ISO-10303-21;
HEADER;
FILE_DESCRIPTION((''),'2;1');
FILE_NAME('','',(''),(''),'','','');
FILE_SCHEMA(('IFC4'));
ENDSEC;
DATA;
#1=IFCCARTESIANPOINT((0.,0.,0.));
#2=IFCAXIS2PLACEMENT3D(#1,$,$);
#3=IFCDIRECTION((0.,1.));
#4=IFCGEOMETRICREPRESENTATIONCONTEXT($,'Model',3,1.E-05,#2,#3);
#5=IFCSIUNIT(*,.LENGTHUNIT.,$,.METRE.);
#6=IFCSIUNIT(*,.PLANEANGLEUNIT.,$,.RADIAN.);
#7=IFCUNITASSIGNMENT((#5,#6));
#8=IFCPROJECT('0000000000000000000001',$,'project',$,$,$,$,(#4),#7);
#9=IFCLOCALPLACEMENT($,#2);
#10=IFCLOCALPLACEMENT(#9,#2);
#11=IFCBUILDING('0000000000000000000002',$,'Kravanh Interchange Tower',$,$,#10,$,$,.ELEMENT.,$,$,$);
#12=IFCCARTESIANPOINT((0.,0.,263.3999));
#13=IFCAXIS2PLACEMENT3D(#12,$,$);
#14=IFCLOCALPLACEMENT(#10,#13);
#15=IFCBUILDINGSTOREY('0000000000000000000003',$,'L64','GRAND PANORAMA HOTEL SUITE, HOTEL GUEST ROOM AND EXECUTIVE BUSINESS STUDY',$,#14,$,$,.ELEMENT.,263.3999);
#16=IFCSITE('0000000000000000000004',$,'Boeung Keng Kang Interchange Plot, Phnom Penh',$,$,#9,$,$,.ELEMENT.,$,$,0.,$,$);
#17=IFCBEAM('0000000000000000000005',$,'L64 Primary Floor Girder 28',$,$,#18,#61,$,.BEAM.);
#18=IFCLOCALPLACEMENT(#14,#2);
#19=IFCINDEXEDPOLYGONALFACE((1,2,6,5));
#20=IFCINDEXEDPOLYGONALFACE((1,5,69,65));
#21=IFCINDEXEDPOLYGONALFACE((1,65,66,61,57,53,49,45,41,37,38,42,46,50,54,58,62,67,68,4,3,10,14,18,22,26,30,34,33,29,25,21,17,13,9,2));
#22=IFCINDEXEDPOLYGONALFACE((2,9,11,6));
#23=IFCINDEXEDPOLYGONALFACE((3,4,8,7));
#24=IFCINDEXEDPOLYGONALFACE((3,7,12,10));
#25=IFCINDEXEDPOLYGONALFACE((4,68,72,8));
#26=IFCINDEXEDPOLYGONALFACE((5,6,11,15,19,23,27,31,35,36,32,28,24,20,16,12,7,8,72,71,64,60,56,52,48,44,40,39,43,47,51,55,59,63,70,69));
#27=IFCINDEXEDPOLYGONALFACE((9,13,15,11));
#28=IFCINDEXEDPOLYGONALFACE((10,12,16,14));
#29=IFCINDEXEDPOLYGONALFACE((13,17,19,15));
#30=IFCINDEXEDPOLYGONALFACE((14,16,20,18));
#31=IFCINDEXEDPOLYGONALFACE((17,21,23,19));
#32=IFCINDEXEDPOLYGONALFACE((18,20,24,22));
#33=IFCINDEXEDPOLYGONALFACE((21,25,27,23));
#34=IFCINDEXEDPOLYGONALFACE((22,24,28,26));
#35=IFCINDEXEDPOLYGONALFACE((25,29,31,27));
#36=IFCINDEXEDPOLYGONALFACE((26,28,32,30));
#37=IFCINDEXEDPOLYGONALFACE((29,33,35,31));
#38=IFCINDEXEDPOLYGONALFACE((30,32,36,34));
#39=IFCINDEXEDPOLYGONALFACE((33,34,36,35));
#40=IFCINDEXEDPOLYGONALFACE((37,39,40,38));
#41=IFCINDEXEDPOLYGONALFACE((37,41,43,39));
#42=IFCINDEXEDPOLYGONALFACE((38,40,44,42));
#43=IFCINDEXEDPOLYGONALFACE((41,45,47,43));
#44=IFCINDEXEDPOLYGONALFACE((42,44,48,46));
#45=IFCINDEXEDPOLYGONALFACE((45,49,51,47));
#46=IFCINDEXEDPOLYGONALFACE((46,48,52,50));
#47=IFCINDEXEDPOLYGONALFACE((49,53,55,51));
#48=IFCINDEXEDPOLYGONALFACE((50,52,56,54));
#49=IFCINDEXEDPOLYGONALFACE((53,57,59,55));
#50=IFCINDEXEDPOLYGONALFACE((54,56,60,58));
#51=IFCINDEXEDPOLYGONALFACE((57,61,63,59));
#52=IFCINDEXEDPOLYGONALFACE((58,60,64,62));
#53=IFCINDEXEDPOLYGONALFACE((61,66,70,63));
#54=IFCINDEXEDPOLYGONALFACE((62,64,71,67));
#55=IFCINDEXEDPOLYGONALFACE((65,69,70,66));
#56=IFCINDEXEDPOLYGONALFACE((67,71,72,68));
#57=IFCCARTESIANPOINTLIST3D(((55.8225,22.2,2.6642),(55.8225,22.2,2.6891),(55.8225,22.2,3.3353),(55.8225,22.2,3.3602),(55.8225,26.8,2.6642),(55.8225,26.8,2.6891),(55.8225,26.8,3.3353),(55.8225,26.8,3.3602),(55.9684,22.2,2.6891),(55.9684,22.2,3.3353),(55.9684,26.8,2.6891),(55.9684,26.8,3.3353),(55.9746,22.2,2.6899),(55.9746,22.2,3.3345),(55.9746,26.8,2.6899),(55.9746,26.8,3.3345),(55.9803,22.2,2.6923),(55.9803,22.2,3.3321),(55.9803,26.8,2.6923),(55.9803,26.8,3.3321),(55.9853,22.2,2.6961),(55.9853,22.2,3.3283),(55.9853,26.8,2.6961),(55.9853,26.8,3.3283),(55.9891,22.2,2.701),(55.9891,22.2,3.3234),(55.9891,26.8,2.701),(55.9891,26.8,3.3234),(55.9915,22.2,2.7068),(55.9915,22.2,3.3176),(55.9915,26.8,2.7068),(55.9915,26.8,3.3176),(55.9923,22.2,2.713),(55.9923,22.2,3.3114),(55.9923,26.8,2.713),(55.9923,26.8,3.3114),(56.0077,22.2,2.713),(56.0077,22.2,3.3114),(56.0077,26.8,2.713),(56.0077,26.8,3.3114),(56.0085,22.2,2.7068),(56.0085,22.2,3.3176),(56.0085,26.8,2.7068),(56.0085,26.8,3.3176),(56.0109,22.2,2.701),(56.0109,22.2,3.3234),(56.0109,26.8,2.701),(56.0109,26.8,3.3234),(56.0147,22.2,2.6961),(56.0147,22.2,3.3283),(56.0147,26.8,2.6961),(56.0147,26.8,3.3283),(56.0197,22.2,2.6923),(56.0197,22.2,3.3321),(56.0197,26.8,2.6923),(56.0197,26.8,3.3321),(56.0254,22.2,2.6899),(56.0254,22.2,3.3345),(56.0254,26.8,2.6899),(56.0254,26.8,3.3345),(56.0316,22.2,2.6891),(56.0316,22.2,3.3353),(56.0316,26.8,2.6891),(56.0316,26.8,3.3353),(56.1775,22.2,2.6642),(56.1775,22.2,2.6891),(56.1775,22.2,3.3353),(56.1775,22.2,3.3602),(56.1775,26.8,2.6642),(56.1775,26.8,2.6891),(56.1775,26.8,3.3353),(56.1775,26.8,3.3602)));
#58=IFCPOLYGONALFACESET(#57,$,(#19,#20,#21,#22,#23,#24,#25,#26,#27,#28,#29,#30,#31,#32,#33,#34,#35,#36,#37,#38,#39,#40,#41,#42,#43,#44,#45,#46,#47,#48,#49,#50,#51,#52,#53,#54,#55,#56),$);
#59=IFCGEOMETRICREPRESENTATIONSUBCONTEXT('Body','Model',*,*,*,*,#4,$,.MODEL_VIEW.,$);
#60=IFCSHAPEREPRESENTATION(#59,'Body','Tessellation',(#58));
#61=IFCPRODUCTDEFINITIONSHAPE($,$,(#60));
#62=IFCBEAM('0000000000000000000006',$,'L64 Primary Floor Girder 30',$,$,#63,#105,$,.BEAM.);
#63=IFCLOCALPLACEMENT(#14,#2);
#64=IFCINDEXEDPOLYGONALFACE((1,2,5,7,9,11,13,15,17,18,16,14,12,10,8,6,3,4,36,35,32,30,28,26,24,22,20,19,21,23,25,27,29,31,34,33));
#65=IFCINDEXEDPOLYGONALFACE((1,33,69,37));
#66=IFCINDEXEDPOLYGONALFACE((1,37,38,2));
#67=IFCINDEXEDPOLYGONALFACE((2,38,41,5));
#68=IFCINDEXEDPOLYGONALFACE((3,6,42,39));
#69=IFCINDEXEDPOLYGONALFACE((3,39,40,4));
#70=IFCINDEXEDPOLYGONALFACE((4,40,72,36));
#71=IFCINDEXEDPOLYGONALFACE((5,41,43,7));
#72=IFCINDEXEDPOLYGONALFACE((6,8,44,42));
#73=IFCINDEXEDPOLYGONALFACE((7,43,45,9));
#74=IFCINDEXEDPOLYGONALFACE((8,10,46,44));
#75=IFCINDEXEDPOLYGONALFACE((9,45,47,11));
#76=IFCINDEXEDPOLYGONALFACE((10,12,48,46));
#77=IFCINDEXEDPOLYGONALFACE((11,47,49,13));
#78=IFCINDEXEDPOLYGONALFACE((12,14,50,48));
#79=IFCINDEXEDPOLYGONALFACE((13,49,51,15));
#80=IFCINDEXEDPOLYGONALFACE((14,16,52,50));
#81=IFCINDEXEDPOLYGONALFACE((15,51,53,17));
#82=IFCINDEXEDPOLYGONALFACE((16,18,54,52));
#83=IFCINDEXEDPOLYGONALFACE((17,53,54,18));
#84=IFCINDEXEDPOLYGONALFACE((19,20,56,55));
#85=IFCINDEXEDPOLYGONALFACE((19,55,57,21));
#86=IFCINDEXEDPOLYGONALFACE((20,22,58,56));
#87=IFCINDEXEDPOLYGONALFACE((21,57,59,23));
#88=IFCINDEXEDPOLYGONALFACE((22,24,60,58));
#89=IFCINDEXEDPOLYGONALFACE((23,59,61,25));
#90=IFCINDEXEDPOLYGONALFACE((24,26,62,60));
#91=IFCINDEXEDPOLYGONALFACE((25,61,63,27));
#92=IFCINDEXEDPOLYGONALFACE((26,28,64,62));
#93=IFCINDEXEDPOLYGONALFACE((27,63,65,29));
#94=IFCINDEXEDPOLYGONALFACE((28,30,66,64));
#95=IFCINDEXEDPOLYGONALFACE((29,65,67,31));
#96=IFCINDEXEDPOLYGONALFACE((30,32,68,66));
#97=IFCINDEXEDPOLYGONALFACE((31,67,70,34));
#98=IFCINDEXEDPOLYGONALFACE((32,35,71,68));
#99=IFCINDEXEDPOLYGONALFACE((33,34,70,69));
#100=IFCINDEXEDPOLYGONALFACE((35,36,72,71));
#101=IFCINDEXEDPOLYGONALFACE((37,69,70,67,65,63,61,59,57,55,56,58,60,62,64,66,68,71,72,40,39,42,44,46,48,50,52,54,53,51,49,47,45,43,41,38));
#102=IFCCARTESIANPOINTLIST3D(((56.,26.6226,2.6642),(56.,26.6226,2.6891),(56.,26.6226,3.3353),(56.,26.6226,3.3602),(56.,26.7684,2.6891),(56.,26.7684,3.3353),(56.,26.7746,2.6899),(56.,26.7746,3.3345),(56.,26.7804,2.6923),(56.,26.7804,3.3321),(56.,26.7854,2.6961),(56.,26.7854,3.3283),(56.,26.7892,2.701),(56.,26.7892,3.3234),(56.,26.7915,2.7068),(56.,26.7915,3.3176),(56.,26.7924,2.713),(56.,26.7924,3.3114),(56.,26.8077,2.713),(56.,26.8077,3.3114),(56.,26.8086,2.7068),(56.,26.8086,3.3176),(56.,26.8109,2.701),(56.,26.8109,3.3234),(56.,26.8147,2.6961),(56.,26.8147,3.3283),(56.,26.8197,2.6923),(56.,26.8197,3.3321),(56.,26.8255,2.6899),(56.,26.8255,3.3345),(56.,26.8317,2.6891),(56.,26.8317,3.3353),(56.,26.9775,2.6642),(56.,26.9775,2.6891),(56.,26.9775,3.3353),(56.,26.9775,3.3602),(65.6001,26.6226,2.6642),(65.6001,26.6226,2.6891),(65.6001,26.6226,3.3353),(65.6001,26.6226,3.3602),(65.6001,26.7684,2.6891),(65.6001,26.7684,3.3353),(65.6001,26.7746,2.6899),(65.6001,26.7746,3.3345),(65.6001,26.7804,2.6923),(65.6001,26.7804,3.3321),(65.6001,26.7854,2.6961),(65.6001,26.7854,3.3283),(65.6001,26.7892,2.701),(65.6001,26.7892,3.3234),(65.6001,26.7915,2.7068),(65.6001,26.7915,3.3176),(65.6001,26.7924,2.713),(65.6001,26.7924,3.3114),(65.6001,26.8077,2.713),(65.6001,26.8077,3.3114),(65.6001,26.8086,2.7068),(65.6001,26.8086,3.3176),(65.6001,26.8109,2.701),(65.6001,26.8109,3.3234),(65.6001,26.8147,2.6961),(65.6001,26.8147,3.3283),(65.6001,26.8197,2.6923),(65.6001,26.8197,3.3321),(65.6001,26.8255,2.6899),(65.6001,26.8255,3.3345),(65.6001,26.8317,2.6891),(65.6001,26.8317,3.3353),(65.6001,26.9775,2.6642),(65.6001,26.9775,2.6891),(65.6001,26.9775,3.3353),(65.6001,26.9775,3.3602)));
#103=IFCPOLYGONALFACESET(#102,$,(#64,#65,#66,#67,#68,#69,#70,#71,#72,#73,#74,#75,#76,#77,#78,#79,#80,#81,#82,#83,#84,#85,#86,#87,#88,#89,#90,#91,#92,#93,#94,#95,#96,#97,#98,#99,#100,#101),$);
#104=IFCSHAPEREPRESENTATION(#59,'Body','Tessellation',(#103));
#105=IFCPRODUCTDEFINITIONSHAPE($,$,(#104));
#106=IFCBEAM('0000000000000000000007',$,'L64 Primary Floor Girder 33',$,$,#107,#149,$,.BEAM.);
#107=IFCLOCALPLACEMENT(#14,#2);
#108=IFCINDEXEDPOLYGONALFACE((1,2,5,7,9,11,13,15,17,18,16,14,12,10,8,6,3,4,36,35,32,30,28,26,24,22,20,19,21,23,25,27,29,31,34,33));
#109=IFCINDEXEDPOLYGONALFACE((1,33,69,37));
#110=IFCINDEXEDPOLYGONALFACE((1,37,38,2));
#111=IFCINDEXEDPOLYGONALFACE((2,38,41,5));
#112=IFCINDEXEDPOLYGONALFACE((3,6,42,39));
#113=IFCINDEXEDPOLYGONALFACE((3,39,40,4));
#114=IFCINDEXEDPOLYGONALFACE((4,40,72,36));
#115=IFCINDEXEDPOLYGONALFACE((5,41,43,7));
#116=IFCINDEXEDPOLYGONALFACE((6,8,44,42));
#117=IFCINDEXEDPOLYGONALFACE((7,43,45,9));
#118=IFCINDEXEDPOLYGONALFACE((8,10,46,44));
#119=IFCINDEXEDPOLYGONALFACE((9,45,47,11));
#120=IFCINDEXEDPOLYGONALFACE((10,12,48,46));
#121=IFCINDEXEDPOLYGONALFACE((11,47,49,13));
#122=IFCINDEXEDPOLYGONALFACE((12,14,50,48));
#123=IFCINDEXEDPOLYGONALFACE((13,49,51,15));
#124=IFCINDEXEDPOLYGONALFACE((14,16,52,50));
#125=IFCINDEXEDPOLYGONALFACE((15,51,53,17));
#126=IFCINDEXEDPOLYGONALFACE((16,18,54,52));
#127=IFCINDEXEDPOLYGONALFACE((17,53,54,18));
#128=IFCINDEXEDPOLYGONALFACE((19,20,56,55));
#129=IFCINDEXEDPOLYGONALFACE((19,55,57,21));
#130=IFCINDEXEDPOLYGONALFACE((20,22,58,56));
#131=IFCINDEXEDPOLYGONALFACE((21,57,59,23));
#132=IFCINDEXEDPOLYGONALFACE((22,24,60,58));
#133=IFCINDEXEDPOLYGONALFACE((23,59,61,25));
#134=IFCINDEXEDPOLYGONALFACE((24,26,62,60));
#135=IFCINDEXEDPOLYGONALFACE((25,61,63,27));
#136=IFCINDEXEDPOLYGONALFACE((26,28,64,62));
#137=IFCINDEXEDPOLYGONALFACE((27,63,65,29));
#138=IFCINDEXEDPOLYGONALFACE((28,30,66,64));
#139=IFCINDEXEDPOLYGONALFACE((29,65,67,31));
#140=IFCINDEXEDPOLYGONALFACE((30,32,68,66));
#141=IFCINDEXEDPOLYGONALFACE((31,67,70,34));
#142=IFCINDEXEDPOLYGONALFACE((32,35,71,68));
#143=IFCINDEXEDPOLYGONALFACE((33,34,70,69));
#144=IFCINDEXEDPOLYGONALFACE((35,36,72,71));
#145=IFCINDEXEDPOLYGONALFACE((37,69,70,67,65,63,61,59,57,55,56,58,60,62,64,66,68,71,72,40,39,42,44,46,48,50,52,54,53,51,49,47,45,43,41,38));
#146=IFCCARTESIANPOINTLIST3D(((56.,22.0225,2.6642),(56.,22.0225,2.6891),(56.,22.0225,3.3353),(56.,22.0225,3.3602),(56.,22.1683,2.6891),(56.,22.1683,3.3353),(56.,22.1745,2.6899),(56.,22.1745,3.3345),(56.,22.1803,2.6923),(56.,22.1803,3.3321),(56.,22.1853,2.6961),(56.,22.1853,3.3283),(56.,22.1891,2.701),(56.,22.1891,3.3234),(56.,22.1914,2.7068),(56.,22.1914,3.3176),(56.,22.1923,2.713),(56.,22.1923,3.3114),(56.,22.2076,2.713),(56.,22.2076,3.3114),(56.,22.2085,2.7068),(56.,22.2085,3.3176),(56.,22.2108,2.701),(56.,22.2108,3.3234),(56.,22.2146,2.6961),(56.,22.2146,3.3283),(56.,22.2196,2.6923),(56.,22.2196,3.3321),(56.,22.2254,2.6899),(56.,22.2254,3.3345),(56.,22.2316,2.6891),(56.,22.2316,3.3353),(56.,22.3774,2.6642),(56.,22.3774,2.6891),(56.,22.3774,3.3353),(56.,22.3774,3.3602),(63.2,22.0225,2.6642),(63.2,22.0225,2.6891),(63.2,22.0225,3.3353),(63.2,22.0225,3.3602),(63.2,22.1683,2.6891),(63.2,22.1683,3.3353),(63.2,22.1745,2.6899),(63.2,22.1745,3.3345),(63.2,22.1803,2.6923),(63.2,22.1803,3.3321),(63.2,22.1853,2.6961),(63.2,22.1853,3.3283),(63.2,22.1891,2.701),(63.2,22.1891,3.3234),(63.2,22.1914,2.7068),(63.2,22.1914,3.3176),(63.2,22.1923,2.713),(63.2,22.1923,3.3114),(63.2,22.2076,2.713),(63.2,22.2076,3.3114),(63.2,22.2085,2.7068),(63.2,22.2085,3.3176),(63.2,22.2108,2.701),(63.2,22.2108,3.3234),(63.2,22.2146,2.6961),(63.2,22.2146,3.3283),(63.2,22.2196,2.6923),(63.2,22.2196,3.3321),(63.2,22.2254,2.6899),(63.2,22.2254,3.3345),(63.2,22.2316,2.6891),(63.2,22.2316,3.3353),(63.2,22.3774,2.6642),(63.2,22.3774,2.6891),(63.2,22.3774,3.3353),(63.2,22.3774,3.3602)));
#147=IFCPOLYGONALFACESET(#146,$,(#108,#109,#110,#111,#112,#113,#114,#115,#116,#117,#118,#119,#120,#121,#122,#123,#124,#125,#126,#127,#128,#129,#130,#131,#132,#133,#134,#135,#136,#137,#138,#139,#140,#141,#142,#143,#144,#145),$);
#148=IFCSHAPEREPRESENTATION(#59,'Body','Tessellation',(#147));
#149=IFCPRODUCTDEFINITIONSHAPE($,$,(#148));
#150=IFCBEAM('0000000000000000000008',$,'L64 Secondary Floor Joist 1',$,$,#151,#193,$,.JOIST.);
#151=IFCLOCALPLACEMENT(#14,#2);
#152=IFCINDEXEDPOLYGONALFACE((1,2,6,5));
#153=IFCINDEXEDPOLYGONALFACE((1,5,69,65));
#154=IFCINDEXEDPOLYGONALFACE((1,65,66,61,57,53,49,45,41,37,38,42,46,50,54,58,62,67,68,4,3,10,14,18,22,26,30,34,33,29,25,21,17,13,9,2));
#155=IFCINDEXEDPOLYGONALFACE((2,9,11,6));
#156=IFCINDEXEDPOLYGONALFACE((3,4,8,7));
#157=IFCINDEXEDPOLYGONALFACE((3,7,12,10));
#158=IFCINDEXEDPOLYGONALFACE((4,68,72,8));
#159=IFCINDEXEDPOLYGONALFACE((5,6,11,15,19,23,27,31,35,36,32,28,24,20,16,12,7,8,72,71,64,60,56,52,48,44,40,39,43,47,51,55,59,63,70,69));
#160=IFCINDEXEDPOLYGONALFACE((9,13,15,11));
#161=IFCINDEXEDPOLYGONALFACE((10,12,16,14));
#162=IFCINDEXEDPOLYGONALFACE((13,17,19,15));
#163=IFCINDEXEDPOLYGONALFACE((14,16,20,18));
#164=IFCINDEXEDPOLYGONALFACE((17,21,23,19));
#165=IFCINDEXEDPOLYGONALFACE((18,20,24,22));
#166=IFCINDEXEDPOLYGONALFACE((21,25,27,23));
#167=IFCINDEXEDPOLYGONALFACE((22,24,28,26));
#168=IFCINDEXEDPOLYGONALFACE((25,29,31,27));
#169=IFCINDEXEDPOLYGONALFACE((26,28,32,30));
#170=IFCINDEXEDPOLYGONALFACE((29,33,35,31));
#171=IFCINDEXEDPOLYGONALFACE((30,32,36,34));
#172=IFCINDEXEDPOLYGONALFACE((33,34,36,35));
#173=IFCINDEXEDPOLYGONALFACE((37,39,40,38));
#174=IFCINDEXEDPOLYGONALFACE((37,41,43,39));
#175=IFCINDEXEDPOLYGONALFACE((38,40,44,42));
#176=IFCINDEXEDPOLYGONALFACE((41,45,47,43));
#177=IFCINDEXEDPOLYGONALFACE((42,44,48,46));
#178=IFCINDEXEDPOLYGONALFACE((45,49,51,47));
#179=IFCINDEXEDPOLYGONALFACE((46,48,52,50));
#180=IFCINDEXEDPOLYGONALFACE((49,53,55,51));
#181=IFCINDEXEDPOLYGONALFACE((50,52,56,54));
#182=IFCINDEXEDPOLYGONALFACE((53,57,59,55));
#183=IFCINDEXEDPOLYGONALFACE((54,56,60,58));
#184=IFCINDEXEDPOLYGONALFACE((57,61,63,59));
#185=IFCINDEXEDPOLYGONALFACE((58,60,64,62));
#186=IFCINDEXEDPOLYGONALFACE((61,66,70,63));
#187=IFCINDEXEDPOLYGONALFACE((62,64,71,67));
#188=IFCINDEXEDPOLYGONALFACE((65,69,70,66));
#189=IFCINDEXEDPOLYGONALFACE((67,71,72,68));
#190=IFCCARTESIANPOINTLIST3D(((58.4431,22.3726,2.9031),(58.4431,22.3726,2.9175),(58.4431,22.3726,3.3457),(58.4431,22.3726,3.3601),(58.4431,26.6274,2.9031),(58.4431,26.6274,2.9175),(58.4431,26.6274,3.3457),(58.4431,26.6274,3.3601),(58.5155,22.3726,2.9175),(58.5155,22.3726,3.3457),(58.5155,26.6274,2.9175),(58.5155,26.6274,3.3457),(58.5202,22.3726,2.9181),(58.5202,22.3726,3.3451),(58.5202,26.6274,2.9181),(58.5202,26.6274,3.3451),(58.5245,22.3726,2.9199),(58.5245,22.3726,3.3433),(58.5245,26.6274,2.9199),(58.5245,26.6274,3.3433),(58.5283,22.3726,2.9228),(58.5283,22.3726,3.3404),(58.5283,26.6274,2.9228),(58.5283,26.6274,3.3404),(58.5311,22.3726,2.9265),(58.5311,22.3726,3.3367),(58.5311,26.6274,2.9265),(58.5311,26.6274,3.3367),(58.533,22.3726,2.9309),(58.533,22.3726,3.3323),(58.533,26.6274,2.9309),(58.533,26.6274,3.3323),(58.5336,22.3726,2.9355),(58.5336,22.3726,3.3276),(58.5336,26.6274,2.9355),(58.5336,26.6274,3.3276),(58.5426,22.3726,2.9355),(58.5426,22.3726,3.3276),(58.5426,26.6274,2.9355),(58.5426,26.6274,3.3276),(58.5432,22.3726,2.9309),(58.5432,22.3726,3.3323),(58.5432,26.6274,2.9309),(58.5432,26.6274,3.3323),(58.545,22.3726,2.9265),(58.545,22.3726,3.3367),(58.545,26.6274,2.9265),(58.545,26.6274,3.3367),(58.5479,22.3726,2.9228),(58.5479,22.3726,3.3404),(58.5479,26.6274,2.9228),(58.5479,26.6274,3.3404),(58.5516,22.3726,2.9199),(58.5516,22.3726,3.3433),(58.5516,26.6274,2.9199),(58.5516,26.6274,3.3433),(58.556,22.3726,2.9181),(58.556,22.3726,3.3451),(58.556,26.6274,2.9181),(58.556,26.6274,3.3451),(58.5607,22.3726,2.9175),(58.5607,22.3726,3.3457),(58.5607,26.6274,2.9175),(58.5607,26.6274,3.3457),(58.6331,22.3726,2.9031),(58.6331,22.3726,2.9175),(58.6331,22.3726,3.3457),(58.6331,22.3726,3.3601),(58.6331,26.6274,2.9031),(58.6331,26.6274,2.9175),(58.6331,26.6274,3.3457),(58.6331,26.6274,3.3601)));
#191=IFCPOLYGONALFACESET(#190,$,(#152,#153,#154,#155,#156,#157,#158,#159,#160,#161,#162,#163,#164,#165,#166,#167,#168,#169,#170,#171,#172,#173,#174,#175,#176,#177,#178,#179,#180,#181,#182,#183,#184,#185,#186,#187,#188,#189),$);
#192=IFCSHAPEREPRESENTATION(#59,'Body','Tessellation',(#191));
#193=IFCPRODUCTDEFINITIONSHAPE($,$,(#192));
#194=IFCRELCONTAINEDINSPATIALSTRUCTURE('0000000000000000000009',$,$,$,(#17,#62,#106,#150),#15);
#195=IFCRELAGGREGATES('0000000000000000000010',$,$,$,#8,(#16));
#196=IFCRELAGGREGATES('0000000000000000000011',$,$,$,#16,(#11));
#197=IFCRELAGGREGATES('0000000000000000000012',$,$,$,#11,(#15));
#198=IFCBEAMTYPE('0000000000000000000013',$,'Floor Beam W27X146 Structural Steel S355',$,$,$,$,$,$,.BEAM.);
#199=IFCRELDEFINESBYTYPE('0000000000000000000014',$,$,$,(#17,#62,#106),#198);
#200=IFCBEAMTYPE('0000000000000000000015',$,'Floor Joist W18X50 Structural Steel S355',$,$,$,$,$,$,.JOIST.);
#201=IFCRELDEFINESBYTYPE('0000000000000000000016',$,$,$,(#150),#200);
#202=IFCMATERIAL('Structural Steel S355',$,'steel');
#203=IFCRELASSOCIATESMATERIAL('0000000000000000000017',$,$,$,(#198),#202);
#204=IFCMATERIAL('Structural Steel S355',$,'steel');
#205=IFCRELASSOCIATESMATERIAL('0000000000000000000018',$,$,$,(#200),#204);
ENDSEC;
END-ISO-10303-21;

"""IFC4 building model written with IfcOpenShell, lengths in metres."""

from ifc_helpers import new_model, si_unit, direction, frame, origin, origin_2d, place, context, subcontext, project, spatial, i_section, extrude, material, material_profile, profile_set, type_object, element, save


model = new_model("IFC4")

# Units and contexts
model_context = context("Model", 3, precision=1e-05, world=origin(), true_north=direction((0.0, 1.0)))
body_context = subcontext(model_context, "Body", "Model", "MODEL_VIEW")
ifc_project = project(units=[si_unit("LENGTHUNIT", "METRE"), si_unit("PLANEANGLEUNIT", "RADIAN")], contexts=[model_context])

# Site, building, storey
site_placement = place(None, origin())
site = spatial("IfcSite", under=ifc_project, at=site_placement, Name="Boeung Keng Kang Interchange Plot, Phnom Penh", CompositionType="ELEMENT", RefElevation=0.0)
building_placement = place(site_placement, origin())
building = spatial("IfcBuilding", under=site, at=building_placement, Name="Kravanh Interchange Tower", CompositionType="ELEMENT")
storey_placement = place(building_placement, frame((0.0, 0.0, 263.3999)))
storey = spatial("IfcBuildingStorey", under=building, at=storey_placement, Name="L64", Description="GRAND PANORAMA HOTEL SUITE, HOTEL GUEST ROOM AND EXECUTIVE BUSINESS STUDY", CompositionType="ELEMENT", Elevation=263.3999)

# Beams
ifc_material_1 = material(Name="Structural Steel S355", Category="steel")
ifc_material_profile_1 = material_profile(ifc_material_1, i_section(OverallWidth=0.355, OverallDepth=0.696, WebThickness=0.0154, FlangeThickness=0.0249, FilletRadius=0.0239, at=origin_2d()), Name="W27X146")
ifc_profile_set_1 = profile_set([ifc_material_profile_1], Name="Structural Steel S355")
beam_type_1 = type_object("IfcBeamType", Name="Floor Beam W27X146 Structural Steel S355", PredefinedType="BEAM", material=ifc_profile_set_1)
beam_1_placement = place(storey_placement, frame((56.0, 26.8, 3.0122), z_axis=(0.0, -1.0, 0.0), x_axis=(1.0, 0.0, 0.0)))
element("IfcBeam", 1, at=beam_1_placement, inside=storey, type_object=beam_type_1, Name="L64 Primary Floor Girder 28", PredefinedType="BEAM", context=body_context, shape_type="SweptSolid", body=[
    extrude(i_section(OverallWidth=0.355, OverallDepth=0.696, WebThickness=0.0154, FlangeThickness=0.0249, FilletRadius=0.0239, at=origin_2d()), origin(), (0.0, 0.0, 1.0), 4.6001),
])
beam_2_placement = place(storey_placement, frame((56.0, 26.8, 3.0122), z_axis=(1.0, 0.0, 0.0), x_axis=(0.0, 1.0, 0.0)))
element("IfcBeam", 2, at=beam_2_placement, inside=storey, type_object=beam_type_1, Name="L64 Primary Floor Girder 30", PredefinedType="BEAM", context=body_context, shape_type="SweptSolid", body=[
    extrude(i_section(OverallWidth=0.355, OverallDepth=0.696, WebThickness=0.0154, FlangeThickness=0.0249, FilletRadius=0.0239, at=origin_2d()), origin(), (0.0, 0.0, 1.0), 9.6001),
])
beam_3_placement = place(storey_placement, frame((56.0, 22.2, 3.0122), z_axis=(1.0, 0.0, 0.0), x_axis=(0.0, 1.0, 0.0)))
element("IfcBeam", 3, at=beam_3_placement, inside=storey, type_object=beam_type_1, Name="L64 Primary Floor Girder 33", PredefinedType="BEAM", context=body_context, shape_type="SweptSolid", body=[
    extrude(i_section(OverallWidth=0.355, OverallDepth=0.696, WebThickness=0.0154, FlangeThickness=0.0249, FilletRadius=0.0239, at=origin_2d()), origin(), (0.0, 0.0, 1.0), 7.2),
])
ifc_material_2 = material(Name="Structural Steel S355", Category="steel")
ifc_material_profile_2 = material_profile(ifc_material_2, i_section(OverallWidth=0.1899, OverallDepth=0.457, WebThickness=0.009, FlangeThickness=0.0144, FilletRadius=0.0181, at=origin_2d()), Name="W18X50")
ifc_profile_set_2 = profile_set([ifc_material_profile_2], Name="Structural Steel S355")
beam_type_2 = type_object("IfcBeamType", Name="Floor Joist W18X50 Structural Steel S355", PredefinedType="JOIST", material=ifc_profile_set_2)
beam_4_placement = place(storey_placement, frame((58.5381, 22.3726, 3.1316), z_axis=(0.0, 1.0, 0.0), x_axis=(-1.0, 0.0, 0.0)))
element("IfcBeam", 4, at=beam_4_placement, inside=storey, type_object=beam_type_2, Name="L64 Secondary Floor Joist 1", PredefinedType="JOIST", context=body_context, shape_type="SweptSolid", body=[
    extrude(i_section(OverallWidth=0.1899, OverallDepth=0.457, WebThickness=0.009, FlangeThickness=0.0144, FilletRadius=0.0181, at=origin_2d()), origin(), (0.0, 0.0, 1.0), 4.2549),
])

save(model, "model.ifc")
